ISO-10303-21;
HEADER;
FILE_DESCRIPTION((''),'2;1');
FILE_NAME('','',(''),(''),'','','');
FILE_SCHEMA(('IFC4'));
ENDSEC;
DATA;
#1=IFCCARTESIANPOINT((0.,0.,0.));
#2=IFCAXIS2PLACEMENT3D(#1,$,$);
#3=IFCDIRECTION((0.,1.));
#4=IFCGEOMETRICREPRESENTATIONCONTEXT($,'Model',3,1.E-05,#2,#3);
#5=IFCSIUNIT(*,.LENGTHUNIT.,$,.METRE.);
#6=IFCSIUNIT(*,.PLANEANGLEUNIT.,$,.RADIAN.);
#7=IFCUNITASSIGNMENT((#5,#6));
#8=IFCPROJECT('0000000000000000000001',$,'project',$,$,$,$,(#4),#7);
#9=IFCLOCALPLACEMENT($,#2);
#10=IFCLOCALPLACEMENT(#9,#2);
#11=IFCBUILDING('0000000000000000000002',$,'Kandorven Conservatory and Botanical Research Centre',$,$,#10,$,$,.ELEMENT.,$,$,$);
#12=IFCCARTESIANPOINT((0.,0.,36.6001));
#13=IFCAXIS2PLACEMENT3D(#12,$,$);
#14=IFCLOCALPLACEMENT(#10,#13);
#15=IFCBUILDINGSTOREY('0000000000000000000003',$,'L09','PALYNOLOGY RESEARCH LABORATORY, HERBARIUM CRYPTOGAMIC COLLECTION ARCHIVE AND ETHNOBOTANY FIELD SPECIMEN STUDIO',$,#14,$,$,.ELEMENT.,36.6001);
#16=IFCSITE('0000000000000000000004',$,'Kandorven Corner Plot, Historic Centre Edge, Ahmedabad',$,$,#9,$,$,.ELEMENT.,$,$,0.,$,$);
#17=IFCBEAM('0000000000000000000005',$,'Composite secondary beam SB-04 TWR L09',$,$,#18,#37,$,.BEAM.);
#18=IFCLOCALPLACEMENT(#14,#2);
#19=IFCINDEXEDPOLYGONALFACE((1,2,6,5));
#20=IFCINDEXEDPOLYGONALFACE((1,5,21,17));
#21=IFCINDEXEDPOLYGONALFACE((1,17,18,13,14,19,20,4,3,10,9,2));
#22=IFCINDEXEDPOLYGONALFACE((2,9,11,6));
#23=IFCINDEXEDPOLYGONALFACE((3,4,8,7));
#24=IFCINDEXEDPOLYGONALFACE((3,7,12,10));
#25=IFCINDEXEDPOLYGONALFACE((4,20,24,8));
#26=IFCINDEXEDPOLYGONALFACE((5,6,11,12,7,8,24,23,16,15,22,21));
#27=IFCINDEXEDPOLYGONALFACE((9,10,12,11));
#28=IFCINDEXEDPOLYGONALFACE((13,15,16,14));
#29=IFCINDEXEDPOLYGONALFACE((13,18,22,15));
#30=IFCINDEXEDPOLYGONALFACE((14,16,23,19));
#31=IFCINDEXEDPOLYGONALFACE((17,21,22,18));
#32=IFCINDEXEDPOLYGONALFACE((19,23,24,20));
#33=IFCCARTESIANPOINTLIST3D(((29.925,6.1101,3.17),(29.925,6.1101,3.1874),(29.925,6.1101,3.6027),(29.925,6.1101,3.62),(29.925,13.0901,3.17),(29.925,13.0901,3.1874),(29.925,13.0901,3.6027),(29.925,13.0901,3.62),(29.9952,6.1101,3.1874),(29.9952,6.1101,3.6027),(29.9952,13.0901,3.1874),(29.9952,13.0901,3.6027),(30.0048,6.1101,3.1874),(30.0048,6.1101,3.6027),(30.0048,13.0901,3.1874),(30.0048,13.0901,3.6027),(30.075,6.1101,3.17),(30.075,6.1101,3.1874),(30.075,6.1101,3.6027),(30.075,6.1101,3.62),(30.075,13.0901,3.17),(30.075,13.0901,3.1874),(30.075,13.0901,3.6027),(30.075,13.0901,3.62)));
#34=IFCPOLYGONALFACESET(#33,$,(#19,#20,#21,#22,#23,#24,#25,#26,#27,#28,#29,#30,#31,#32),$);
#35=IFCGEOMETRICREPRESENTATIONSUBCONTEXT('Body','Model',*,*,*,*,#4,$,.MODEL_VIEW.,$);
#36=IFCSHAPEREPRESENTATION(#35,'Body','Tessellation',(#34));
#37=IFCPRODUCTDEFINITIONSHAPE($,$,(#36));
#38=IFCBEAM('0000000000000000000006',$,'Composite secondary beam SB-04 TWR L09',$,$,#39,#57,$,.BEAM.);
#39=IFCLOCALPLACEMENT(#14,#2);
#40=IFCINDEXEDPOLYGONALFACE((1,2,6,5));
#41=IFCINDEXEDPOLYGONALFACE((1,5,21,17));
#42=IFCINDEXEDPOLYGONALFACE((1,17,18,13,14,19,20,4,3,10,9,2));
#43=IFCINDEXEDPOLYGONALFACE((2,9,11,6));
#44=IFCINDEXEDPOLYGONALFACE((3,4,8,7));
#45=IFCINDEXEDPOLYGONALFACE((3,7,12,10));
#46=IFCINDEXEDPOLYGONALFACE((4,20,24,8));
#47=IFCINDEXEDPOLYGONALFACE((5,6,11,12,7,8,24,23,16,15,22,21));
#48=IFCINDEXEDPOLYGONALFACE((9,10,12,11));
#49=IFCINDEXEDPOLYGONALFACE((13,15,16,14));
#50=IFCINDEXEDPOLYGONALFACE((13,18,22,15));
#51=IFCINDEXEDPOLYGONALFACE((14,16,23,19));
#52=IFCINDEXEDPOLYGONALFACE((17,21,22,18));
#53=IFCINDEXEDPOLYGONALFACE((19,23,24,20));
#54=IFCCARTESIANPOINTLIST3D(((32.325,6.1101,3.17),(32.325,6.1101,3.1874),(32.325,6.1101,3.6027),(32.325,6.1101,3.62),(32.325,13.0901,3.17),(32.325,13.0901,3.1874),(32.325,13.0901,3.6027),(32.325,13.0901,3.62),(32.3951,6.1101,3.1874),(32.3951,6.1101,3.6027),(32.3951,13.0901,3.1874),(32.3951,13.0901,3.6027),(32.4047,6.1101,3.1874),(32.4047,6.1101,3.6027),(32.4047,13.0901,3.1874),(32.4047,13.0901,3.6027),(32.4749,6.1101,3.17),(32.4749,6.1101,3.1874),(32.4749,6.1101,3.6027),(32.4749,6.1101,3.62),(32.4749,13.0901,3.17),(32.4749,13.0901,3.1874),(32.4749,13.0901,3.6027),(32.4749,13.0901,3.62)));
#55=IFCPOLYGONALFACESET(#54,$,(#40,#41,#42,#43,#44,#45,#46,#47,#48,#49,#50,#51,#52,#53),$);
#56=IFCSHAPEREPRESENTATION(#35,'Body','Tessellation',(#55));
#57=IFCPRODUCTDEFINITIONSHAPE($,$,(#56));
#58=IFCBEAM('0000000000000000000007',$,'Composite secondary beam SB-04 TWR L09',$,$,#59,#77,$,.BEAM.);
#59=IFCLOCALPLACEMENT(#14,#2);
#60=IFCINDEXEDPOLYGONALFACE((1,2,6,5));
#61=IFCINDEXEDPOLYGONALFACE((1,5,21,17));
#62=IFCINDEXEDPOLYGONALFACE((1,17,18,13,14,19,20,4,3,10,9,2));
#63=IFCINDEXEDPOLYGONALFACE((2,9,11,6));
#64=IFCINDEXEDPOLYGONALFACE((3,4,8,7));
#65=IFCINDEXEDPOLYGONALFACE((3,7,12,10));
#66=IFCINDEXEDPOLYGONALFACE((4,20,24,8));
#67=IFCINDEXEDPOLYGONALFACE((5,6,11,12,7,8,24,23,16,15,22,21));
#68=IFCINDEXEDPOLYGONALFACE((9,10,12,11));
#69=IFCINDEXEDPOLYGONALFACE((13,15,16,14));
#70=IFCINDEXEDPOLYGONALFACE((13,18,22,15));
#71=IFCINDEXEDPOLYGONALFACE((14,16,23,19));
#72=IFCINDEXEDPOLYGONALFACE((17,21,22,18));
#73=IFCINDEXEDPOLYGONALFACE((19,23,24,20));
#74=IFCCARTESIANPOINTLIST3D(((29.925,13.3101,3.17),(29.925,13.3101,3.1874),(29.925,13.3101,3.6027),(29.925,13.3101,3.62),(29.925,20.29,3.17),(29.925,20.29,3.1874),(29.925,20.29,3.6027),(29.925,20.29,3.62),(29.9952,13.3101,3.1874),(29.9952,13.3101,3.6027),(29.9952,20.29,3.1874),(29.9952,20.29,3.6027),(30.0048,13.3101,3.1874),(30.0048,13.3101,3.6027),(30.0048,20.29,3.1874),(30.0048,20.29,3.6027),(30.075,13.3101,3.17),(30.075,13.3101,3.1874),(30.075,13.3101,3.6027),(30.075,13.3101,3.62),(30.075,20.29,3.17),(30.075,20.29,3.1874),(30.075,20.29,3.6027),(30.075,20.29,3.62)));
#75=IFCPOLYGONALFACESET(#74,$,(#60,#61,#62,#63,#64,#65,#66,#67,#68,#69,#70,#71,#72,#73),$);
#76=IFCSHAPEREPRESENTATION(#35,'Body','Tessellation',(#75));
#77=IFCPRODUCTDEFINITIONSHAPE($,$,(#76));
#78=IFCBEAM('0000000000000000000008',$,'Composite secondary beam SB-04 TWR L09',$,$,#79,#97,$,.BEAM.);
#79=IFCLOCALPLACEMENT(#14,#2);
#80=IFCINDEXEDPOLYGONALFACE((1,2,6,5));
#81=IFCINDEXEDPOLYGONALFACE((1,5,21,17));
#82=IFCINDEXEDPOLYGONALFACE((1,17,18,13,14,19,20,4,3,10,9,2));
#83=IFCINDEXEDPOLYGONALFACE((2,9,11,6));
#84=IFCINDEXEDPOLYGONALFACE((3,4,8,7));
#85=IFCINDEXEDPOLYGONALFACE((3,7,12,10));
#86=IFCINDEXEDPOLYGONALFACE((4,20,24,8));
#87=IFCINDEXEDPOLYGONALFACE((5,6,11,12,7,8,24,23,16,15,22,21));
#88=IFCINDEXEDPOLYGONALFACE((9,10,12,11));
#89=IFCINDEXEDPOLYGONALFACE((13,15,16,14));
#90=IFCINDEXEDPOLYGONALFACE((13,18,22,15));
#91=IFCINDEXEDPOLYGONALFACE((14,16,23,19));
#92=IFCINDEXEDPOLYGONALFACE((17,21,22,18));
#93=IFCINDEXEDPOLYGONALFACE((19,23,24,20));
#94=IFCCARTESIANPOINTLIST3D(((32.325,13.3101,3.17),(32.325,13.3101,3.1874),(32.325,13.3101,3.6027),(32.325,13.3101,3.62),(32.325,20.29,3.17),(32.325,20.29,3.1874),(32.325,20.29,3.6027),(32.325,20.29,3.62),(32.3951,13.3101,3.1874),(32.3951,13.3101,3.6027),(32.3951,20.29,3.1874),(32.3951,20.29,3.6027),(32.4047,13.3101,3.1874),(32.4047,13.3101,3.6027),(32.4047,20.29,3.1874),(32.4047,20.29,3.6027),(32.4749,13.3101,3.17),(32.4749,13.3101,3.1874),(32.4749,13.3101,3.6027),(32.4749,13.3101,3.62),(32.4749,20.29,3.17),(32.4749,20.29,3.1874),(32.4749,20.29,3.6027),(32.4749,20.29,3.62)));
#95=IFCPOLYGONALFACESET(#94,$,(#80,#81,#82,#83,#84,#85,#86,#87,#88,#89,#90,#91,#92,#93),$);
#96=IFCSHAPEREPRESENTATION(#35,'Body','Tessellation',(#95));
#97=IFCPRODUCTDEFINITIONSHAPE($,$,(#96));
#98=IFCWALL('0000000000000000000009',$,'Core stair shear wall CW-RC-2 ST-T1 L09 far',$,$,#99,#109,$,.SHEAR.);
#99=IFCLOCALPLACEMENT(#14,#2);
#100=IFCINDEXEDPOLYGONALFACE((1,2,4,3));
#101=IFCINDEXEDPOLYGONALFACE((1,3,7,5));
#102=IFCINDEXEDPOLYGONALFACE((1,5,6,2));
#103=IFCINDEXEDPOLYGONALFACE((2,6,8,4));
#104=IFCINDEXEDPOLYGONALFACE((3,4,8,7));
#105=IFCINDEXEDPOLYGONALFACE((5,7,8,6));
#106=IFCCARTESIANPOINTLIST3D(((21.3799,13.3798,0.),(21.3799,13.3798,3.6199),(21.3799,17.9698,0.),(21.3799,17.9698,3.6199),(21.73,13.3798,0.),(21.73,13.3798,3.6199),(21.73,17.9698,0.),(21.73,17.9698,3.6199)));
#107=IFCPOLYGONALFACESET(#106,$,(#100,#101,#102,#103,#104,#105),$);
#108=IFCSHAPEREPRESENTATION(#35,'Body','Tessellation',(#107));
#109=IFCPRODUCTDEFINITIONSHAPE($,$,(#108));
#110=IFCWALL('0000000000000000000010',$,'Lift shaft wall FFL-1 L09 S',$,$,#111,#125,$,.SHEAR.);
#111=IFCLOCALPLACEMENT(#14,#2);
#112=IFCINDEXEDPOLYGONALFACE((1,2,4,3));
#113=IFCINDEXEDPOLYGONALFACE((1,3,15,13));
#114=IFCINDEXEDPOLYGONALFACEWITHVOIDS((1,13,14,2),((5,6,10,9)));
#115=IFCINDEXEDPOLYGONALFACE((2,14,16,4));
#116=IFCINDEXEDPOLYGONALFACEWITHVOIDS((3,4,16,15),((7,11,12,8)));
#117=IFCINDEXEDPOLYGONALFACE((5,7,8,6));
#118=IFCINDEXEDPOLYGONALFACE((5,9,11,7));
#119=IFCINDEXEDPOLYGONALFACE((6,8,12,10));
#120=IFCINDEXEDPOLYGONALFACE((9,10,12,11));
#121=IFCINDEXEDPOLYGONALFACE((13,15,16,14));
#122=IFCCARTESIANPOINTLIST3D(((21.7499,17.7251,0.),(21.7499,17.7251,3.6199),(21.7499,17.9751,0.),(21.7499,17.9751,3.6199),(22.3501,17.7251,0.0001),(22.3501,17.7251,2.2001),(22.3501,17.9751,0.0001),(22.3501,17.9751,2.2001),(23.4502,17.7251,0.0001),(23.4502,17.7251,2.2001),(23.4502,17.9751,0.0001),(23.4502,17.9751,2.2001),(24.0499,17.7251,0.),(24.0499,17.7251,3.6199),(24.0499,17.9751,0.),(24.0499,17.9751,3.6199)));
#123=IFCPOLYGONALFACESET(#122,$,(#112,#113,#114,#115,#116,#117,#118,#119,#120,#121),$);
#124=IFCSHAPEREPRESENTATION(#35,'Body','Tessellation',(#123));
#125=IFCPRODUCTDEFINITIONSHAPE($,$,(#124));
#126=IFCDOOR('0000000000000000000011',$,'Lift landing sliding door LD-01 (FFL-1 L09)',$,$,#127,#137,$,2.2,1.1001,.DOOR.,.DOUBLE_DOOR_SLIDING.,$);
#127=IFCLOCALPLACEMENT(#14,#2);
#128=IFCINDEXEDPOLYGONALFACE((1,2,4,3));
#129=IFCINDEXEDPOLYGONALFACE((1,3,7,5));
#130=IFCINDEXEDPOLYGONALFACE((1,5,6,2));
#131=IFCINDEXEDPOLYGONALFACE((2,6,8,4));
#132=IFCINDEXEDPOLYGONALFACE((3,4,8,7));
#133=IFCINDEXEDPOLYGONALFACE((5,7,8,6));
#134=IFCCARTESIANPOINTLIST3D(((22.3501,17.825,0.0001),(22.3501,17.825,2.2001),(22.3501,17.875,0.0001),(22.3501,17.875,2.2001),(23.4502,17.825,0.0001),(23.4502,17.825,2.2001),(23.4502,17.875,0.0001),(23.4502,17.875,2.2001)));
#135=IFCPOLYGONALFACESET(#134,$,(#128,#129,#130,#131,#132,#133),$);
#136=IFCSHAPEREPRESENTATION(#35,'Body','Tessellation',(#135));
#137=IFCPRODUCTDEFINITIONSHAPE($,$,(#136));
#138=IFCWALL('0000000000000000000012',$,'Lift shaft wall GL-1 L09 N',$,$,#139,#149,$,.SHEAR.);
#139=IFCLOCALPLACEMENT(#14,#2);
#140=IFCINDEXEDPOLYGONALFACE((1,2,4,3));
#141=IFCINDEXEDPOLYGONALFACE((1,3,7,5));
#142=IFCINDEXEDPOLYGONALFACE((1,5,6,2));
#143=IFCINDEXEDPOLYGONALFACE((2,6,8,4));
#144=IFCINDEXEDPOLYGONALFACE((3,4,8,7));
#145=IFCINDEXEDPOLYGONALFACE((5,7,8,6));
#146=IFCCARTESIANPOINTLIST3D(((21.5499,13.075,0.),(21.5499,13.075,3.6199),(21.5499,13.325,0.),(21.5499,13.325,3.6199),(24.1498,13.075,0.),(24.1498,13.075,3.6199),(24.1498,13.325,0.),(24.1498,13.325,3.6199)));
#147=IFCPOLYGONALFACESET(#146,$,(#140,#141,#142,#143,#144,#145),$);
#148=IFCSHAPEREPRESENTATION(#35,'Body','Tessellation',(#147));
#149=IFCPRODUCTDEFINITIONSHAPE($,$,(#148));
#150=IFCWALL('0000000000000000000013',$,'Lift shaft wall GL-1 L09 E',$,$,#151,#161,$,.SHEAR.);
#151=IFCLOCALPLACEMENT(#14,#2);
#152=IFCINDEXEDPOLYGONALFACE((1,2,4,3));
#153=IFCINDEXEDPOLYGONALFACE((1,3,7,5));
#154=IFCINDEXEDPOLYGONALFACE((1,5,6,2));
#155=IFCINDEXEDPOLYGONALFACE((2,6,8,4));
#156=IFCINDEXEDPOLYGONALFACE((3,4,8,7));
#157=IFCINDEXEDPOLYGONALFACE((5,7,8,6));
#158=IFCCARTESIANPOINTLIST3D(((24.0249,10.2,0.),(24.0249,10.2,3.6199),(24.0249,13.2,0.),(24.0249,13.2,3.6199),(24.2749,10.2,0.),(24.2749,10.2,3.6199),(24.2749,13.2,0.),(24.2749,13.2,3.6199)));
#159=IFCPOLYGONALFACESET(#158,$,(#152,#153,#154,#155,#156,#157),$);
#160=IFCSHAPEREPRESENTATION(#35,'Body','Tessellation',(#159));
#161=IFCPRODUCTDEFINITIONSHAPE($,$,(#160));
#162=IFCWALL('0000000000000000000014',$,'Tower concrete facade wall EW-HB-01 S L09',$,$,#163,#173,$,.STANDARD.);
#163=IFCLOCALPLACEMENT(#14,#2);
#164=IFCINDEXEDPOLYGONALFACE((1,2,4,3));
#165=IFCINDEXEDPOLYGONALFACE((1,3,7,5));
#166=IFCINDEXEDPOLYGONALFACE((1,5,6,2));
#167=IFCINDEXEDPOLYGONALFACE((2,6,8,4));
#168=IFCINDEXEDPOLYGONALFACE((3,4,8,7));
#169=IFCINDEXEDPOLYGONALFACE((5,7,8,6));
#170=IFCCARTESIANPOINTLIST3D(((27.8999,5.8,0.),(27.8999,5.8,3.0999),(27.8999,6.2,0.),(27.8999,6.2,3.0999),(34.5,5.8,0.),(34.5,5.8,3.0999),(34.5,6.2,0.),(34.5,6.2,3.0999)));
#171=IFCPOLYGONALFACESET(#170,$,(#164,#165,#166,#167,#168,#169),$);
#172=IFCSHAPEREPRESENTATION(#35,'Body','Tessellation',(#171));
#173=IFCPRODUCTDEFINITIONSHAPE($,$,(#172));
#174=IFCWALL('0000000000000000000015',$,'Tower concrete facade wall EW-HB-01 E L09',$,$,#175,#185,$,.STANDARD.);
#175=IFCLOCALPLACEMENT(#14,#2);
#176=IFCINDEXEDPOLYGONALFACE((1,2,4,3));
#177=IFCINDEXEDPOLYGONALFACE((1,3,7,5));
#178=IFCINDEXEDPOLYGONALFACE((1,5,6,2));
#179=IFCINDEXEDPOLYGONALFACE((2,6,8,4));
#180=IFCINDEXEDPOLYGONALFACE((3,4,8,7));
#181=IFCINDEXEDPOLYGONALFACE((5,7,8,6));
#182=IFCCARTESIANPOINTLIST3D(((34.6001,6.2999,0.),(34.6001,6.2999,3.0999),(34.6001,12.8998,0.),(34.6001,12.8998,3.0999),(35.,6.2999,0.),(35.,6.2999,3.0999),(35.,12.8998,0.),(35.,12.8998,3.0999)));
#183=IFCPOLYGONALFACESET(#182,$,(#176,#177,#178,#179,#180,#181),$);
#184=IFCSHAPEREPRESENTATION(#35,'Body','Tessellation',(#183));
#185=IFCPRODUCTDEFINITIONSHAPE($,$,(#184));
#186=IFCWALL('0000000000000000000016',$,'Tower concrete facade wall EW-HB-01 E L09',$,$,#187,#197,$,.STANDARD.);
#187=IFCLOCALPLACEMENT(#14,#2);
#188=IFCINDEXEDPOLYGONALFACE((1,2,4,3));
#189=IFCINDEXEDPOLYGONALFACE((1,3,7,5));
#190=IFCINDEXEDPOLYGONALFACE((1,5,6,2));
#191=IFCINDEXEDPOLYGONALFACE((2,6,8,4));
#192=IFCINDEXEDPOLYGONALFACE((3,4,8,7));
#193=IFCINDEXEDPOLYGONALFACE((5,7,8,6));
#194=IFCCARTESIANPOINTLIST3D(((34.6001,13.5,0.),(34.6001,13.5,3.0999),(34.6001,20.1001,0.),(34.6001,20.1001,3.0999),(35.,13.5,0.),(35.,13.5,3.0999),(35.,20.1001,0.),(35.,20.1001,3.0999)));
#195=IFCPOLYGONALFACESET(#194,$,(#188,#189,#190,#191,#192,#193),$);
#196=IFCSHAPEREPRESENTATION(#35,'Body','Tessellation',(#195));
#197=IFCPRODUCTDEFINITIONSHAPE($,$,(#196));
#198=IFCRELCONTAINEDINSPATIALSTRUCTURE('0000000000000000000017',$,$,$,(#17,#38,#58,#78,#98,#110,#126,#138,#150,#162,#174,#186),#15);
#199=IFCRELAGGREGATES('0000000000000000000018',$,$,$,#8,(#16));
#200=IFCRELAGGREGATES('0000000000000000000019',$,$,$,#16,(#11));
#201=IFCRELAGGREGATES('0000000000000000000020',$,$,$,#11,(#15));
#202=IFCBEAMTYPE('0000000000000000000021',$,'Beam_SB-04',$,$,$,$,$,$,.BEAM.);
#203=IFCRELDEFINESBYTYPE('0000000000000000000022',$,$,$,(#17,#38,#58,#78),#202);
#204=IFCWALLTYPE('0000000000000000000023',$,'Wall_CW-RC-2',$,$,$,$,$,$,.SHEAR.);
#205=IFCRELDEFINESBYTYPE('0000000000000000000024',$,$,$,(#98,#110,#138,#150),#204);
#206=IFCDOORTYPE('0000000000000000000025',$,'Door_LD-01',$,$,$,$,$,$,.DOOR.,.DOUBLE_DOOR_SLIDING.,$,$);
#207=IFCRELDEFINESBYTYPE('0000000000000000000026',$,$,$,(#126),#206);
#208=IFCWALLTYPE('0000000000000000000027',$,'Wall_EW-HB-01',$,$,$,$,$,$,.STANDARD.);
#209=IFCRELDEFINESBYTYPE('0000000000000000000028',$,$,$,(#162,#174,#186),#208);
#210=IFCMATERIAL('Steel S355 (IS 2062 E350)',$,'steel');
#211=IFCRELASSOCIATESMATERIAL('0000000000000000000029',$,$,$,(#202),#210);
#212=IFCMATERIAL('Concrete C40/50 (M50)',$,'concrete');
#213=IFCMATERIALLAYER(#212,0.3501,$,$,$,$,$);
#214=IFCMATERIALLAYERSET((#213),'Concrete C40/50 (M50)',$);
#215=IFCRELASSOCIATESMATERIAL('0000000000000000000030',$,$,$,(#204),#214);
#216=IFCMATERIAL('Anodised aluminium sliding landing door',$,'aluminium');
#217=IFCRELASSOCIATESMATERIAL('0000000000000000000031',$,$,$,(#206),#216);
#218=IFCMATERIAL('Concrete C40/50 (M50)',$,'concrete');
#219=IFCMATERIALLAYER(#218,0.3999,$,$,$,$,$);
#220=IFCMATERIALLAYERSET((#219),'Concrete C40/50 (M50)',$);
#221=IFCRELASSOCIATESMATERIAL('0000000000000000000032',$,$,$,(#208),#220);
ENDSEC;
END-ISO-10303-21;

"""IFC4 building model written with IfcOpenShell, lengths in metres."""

from ifc_helpers import new_model, si_unit, direction, frame, frame_2d, origin, origin_2d, place, context, subcontext, project, spatial, rectangle, i_section, extrude, material, layer, layer_set, material_profile, profile_set, type_object, element, fill, save


model = new_model("IFC4")

# Units and contexts
model_context = context("Model", 3, precision=1e-05, world=origin(), true_north=direction((0.0, 1.0)))
body_context = subcontext(model_context, "Body", "Model", "MODEL_VIEW")
ifc_project = project(units=[si_unit("LENGTHUNIT", "METRE"), si_unit("PLANEANGLEUNIT", "RADIAN")], contexts=[model_context])

# Site, building, storey
site_placement = place(None, origin())
site = spatial("IfcSite", under=ifc_project, at=site_placement, Name="Kandorven Corner Plot, Historic Centre Edge, Ahmedabad", CompositionType="ELEMENT", RefElevation=0.0)
building_placement = place(site_placement, origin())
building = spatial("IfcBuilding", under=site, at=building_placement, Name="Kandorven Conservatory and Botanical Research Centre", CompositionType="ELEMENT")
storey_placement = place(building_placement, frame((0.0, 0.0, 36.6001)))
storey = spatial("IfcBuildingStorey", under=building, at=storey_placement, Name="L09", Description="PALYNOLOGY RESEARCH LABORATORY, HERBARIUM CRYPTOGAMIC COLLECTION ARCHIVE AND ETHNOBOTANY FIELD SPECIMEN STUDIO", CompositionType="ELEMENT", Elevation=36.6001)

# Beams
ifc_material_1 = material(Name="Steel S355 (IS 2062 E350)", Category="steel")
ifc_material_profile_1 = material_profile(ifc_material_1, i_section(OverallWidth=0.1499, OverallDepth=0.45, WebThickness=0.0095, FlangeThickness=0.0173, at=origin_2d()))
ifc_profile_set_1 = profile_set([ifc_material_profile_1], Name="Steel S355 (IS 2062 E350)")
beam_type_1 = type_object("IfcBeamType", Name="Beam_SB-04", PredefinedType="BEAM", material=ifc_profile_set_1)
for number, where, z_axis, x_axis, name in (
    (1, (30.0, 6.1101, 3.395), (0.0, 1.0, 0.0), (-1.0, 0.0, 0.0), "Composite secondary beam SB-04 TWR L09"),
    (2, (32.3999, 6.1101, 3.395), (0.0, 1.0, 0.0), (-1.0, 0.0, 0.0), "Composite secondary beam SB-04 TWR L09"),
    (3, (30.0, 13.3101, 3.395), (0.0, 1.0, 0.0), (-1.0, 0.0, 0.0), "Composite secondary beam SB-04 TWR L09"),
    (4, (32.3999, 13.3101, 3.395), (0.0, 1.0, 0.0), (-1.0, 0.0, 0.0), "Composite secondary beam SB-04 TWR L09"),
):
    element("IfcBeam", number, at=place(storey_placement, frame(where, z_axis=z_axis, x_axis=x_axis)), inside=storey, type_object=beam_type_1, Name=name, PredefinedType="BEAM", context=body_context, shape_type="SweptSolid", body=[
        extrude(i_section(OverallWidth=0.1499, OverallDepth=0.45, WebThickness=0.0095, FlangeThickness=0.0173, at=origin_2d()), origin(), (0.0, 0.0, 1.0), 6.98),
    ])

# Wall
ifc_material_2 = material(Name="Concrete C40/50 (M50)", Category="concrete")
ifc_layer_1 = layer(ifc_material_2, 0.3501)
ifc_layer_set_1 = layer_set([ifc_layer_1], Name="Concrete C40/50 (M50)")
wall_type_1 = type_object("IfcWallType", Name="Wall_CW-RC-2", PredefinedType="SHEAR", material=ifc_layer_set_1)
wall_1_placement = place(storey_placement, frame((21.5549, 13.3799, 0.0), z_axis=(0.0, 0.0, 1.0), x_axis=(0.0, 1.0, 0.0)))
element("IfcWall", 5, at=wall_1_placement, inside=storey, type_object=wall_type_1, Name="Core stair shear wall CW-RC-2 ST-T1 L09 far", PredefinedType="SHEAR", context=body_context, shape_type="SweptSolid", body=[
    extrude(rectangle(XDim=4.5901, YDim=0.3501, at=frame_2d((2.2949, 0.0))), origin(), (0.0, 0.0, 1.0), 3.6199),
])

# Wall, opening, door
wall_2_placement = place(storey_placement, frame((21.75, 17.8501, 0.0), z_axis=(0.0, 0.0, 1.0), x_axis=(1.0, 0.0, 0.0)))
wall_2 = element("IfcWall", 6, at=wall_2_placement, inside=storey, type_object=wall_type_1, Name="Lift shaft wall FFL-1 L09 S", PredefinedType="SHEAR", context=body_context, shape_type="SweptSolid", body=[
    extrude(rectangle(XDim=2.3, YDim=0.25, at=frame_2d((1.1499, 0.0))), origin(), (0.0, 0.0, 1.0), 3.6199),
])
opening_1_placement = place(wall_2_placement, frame((0.6001, 0.0, 0.0)))
opening_1 = element("IfcOpeningElement", 7, at=opening_1_placement, cuts=wall_2, PredefinedType="OPENING", context=body_context, shape_type="SweptSolid", body=[
    extrude(rectangle(XDim=1.1001, YDim=2.2, at=frame_2d((0.55, 1.1001))), frame((0.0, 0.135, 0.0), z_axis=(0.0, -1.0, 0.0), x_axis=(1.0, 0.0, 0.0)), (0.0, 0.0, 1.0), 0.27),
])
ifc_material_3 = material(Name="Anodised aluminium sliding landing door", Category="aluminium")
door_type_1 = type_object("IfcDoorType", Name="Door_LD-01", OperationType="DOUBLE_DOOR_SLIDING", PredefinedType="DOOR", material=ifc_material_3)
door_1_placement = place(opening_1_placement, origin())
door_1 = element("IfcDoor", 8, at=door_1_placement, inside=storey, type_object=door_type_1, Name="Lift landing sliding door LD-01 (FFL-1 L09)", OperationType="DOUBLE_DOOR_SLIDING", OverallHeight=2.2, OverallWidth=1.1001, PredefinedType="DOOR", context=body_context, shape_type="SweptSolid", body=[
    extrude(rectangle(XDim=1.1001, YDim=2.2, at=frame_2d((0.55, 1.1001))), frame((0.0, 0.0249, 0.0), z_axis=(0.0, -1.0, 0.0), x_axis=(1.0, 0.0, 0.0)), (0.0, 0.0, 1.0), 0.05),
])
fill(opening_1, door_1)

# Walls
wall_3_placement = place(storey_placement, frame((21.55, 13.2, 0.0), z_axis=(0.0, 0.0, 1.0), x_axis=(1.0, 0.0, 0.0)))
element("IfcWall", 9, at=wall_3_placement, inside=storey, type_object=wall_type_1, Name="Lift shaft wall GL-1 L09 N", PredefinedType="SHEAR", context=body_context, shape_type="SweptSolid", body=[
    extrude(rectangle(XDim=2.5999, YDim=0.25, at=frame_2d((1.2998, 0.0))), origin(), (0.0, 0.0, 1.0), 3.6199),
])
wall_4_placement = place(storey_placement, frame((24.1499, 10.2, 0.0), z_axis=(0.0, 0.0, 1.0), x_axis=(0.0, 1.0, 0.0)))
element("IfcWall", 10, at=wall_4_placement, inside=storey, type_object=wall_type_1, Name="Lift shaft wall GL-1 L09 E", PredefinedType="SHEAR", context=body_context, shape_type="SweptSolid", body=[
    extrude(rectangle(XDim=3.0, YDim=0.25, at=frame_2d((1.5, 0.0))), origin(), (0.0, 0.0, 1.0), 3.6199),
])
ifc_material_4 = material(Name="Concrete C40/50 (M50)", Category="concrete")
ifc_layer_2 = layer(ifc_material_4, 0.3999)
ifc_layer_set_2 = layer_set([ifc_layer_2], Name="Concrete C40/50 (M50)")
wall_type_2 = type_object("IfcWallType", Name="Wall_EW-HB-01", PredefinedType="STANDARD", material=ifc_layer_set_2)
wall_5_placement = place(storey_placement, frame((27.8999, 6.0, 0.0), z_axis=(0.0, 0.0, 1.0), x_axis=(1.0, 0.0, 0.0)))
element("IfcWall", 11, at=wall_5_placement, inside=storey, type_object=wall_type_2, Name="Tower concrete facade wall EW-HB-01 S L09", PredefinedType="STANDARD", context=body_context, shape_type="SweptSolid", body=[
    extrude(rectangle(XDim=6.6001, YDim=0.3999, at=frame_2d((3.3, 0.0))), origin(), (0.0, 0.0, 1.0), 3.0999),
])
wall_6_placement = place(storey_placement, frame((34.8, 6.3, 0.0), z_axis=(0.0, 0.0, 1.0), x_axis=(0.0, 1.0, 0.0)))
element("IfcWall", 12, at=wall_6_placement, inside=storey, type_object=wall_type_2, Name="Tower concrete facade wall EW-HB-01 E L09", PredefinedType="STANDARD", context=body_context, shape_type="SweptSolid", body=[
    extrude(rectangle(XDim=6.5999, YDim=0.3999, at=frame_2d((3.2998, 0.0))), origin(), (0.0, 0.0, 1.0), 3.0999),
])
wall_7_placement = place(storey_placement, frame((34.8, 13.5, 0.0), z_axis=(0.0, 0.0, 1.0), x_axis=(0.0, 1.0, 0.0)))
element("IfcWall", 13, at=wall_7_placement, inside=storey, type_object=wall_type_2, Name="Tower concrete facade wall EW-HB-01 E L09", PredefinedType="STANDARD", context=body_context, shape_type="SweptSolid", body=[
    extrude(rectangle(XDim=6.6001, YDim=0.3999, at=frame_2d((3.3, 0.0))), origin(), (0.0, 0.0, 1.0), 3.0999),
])

save(model, "model.ifc")
